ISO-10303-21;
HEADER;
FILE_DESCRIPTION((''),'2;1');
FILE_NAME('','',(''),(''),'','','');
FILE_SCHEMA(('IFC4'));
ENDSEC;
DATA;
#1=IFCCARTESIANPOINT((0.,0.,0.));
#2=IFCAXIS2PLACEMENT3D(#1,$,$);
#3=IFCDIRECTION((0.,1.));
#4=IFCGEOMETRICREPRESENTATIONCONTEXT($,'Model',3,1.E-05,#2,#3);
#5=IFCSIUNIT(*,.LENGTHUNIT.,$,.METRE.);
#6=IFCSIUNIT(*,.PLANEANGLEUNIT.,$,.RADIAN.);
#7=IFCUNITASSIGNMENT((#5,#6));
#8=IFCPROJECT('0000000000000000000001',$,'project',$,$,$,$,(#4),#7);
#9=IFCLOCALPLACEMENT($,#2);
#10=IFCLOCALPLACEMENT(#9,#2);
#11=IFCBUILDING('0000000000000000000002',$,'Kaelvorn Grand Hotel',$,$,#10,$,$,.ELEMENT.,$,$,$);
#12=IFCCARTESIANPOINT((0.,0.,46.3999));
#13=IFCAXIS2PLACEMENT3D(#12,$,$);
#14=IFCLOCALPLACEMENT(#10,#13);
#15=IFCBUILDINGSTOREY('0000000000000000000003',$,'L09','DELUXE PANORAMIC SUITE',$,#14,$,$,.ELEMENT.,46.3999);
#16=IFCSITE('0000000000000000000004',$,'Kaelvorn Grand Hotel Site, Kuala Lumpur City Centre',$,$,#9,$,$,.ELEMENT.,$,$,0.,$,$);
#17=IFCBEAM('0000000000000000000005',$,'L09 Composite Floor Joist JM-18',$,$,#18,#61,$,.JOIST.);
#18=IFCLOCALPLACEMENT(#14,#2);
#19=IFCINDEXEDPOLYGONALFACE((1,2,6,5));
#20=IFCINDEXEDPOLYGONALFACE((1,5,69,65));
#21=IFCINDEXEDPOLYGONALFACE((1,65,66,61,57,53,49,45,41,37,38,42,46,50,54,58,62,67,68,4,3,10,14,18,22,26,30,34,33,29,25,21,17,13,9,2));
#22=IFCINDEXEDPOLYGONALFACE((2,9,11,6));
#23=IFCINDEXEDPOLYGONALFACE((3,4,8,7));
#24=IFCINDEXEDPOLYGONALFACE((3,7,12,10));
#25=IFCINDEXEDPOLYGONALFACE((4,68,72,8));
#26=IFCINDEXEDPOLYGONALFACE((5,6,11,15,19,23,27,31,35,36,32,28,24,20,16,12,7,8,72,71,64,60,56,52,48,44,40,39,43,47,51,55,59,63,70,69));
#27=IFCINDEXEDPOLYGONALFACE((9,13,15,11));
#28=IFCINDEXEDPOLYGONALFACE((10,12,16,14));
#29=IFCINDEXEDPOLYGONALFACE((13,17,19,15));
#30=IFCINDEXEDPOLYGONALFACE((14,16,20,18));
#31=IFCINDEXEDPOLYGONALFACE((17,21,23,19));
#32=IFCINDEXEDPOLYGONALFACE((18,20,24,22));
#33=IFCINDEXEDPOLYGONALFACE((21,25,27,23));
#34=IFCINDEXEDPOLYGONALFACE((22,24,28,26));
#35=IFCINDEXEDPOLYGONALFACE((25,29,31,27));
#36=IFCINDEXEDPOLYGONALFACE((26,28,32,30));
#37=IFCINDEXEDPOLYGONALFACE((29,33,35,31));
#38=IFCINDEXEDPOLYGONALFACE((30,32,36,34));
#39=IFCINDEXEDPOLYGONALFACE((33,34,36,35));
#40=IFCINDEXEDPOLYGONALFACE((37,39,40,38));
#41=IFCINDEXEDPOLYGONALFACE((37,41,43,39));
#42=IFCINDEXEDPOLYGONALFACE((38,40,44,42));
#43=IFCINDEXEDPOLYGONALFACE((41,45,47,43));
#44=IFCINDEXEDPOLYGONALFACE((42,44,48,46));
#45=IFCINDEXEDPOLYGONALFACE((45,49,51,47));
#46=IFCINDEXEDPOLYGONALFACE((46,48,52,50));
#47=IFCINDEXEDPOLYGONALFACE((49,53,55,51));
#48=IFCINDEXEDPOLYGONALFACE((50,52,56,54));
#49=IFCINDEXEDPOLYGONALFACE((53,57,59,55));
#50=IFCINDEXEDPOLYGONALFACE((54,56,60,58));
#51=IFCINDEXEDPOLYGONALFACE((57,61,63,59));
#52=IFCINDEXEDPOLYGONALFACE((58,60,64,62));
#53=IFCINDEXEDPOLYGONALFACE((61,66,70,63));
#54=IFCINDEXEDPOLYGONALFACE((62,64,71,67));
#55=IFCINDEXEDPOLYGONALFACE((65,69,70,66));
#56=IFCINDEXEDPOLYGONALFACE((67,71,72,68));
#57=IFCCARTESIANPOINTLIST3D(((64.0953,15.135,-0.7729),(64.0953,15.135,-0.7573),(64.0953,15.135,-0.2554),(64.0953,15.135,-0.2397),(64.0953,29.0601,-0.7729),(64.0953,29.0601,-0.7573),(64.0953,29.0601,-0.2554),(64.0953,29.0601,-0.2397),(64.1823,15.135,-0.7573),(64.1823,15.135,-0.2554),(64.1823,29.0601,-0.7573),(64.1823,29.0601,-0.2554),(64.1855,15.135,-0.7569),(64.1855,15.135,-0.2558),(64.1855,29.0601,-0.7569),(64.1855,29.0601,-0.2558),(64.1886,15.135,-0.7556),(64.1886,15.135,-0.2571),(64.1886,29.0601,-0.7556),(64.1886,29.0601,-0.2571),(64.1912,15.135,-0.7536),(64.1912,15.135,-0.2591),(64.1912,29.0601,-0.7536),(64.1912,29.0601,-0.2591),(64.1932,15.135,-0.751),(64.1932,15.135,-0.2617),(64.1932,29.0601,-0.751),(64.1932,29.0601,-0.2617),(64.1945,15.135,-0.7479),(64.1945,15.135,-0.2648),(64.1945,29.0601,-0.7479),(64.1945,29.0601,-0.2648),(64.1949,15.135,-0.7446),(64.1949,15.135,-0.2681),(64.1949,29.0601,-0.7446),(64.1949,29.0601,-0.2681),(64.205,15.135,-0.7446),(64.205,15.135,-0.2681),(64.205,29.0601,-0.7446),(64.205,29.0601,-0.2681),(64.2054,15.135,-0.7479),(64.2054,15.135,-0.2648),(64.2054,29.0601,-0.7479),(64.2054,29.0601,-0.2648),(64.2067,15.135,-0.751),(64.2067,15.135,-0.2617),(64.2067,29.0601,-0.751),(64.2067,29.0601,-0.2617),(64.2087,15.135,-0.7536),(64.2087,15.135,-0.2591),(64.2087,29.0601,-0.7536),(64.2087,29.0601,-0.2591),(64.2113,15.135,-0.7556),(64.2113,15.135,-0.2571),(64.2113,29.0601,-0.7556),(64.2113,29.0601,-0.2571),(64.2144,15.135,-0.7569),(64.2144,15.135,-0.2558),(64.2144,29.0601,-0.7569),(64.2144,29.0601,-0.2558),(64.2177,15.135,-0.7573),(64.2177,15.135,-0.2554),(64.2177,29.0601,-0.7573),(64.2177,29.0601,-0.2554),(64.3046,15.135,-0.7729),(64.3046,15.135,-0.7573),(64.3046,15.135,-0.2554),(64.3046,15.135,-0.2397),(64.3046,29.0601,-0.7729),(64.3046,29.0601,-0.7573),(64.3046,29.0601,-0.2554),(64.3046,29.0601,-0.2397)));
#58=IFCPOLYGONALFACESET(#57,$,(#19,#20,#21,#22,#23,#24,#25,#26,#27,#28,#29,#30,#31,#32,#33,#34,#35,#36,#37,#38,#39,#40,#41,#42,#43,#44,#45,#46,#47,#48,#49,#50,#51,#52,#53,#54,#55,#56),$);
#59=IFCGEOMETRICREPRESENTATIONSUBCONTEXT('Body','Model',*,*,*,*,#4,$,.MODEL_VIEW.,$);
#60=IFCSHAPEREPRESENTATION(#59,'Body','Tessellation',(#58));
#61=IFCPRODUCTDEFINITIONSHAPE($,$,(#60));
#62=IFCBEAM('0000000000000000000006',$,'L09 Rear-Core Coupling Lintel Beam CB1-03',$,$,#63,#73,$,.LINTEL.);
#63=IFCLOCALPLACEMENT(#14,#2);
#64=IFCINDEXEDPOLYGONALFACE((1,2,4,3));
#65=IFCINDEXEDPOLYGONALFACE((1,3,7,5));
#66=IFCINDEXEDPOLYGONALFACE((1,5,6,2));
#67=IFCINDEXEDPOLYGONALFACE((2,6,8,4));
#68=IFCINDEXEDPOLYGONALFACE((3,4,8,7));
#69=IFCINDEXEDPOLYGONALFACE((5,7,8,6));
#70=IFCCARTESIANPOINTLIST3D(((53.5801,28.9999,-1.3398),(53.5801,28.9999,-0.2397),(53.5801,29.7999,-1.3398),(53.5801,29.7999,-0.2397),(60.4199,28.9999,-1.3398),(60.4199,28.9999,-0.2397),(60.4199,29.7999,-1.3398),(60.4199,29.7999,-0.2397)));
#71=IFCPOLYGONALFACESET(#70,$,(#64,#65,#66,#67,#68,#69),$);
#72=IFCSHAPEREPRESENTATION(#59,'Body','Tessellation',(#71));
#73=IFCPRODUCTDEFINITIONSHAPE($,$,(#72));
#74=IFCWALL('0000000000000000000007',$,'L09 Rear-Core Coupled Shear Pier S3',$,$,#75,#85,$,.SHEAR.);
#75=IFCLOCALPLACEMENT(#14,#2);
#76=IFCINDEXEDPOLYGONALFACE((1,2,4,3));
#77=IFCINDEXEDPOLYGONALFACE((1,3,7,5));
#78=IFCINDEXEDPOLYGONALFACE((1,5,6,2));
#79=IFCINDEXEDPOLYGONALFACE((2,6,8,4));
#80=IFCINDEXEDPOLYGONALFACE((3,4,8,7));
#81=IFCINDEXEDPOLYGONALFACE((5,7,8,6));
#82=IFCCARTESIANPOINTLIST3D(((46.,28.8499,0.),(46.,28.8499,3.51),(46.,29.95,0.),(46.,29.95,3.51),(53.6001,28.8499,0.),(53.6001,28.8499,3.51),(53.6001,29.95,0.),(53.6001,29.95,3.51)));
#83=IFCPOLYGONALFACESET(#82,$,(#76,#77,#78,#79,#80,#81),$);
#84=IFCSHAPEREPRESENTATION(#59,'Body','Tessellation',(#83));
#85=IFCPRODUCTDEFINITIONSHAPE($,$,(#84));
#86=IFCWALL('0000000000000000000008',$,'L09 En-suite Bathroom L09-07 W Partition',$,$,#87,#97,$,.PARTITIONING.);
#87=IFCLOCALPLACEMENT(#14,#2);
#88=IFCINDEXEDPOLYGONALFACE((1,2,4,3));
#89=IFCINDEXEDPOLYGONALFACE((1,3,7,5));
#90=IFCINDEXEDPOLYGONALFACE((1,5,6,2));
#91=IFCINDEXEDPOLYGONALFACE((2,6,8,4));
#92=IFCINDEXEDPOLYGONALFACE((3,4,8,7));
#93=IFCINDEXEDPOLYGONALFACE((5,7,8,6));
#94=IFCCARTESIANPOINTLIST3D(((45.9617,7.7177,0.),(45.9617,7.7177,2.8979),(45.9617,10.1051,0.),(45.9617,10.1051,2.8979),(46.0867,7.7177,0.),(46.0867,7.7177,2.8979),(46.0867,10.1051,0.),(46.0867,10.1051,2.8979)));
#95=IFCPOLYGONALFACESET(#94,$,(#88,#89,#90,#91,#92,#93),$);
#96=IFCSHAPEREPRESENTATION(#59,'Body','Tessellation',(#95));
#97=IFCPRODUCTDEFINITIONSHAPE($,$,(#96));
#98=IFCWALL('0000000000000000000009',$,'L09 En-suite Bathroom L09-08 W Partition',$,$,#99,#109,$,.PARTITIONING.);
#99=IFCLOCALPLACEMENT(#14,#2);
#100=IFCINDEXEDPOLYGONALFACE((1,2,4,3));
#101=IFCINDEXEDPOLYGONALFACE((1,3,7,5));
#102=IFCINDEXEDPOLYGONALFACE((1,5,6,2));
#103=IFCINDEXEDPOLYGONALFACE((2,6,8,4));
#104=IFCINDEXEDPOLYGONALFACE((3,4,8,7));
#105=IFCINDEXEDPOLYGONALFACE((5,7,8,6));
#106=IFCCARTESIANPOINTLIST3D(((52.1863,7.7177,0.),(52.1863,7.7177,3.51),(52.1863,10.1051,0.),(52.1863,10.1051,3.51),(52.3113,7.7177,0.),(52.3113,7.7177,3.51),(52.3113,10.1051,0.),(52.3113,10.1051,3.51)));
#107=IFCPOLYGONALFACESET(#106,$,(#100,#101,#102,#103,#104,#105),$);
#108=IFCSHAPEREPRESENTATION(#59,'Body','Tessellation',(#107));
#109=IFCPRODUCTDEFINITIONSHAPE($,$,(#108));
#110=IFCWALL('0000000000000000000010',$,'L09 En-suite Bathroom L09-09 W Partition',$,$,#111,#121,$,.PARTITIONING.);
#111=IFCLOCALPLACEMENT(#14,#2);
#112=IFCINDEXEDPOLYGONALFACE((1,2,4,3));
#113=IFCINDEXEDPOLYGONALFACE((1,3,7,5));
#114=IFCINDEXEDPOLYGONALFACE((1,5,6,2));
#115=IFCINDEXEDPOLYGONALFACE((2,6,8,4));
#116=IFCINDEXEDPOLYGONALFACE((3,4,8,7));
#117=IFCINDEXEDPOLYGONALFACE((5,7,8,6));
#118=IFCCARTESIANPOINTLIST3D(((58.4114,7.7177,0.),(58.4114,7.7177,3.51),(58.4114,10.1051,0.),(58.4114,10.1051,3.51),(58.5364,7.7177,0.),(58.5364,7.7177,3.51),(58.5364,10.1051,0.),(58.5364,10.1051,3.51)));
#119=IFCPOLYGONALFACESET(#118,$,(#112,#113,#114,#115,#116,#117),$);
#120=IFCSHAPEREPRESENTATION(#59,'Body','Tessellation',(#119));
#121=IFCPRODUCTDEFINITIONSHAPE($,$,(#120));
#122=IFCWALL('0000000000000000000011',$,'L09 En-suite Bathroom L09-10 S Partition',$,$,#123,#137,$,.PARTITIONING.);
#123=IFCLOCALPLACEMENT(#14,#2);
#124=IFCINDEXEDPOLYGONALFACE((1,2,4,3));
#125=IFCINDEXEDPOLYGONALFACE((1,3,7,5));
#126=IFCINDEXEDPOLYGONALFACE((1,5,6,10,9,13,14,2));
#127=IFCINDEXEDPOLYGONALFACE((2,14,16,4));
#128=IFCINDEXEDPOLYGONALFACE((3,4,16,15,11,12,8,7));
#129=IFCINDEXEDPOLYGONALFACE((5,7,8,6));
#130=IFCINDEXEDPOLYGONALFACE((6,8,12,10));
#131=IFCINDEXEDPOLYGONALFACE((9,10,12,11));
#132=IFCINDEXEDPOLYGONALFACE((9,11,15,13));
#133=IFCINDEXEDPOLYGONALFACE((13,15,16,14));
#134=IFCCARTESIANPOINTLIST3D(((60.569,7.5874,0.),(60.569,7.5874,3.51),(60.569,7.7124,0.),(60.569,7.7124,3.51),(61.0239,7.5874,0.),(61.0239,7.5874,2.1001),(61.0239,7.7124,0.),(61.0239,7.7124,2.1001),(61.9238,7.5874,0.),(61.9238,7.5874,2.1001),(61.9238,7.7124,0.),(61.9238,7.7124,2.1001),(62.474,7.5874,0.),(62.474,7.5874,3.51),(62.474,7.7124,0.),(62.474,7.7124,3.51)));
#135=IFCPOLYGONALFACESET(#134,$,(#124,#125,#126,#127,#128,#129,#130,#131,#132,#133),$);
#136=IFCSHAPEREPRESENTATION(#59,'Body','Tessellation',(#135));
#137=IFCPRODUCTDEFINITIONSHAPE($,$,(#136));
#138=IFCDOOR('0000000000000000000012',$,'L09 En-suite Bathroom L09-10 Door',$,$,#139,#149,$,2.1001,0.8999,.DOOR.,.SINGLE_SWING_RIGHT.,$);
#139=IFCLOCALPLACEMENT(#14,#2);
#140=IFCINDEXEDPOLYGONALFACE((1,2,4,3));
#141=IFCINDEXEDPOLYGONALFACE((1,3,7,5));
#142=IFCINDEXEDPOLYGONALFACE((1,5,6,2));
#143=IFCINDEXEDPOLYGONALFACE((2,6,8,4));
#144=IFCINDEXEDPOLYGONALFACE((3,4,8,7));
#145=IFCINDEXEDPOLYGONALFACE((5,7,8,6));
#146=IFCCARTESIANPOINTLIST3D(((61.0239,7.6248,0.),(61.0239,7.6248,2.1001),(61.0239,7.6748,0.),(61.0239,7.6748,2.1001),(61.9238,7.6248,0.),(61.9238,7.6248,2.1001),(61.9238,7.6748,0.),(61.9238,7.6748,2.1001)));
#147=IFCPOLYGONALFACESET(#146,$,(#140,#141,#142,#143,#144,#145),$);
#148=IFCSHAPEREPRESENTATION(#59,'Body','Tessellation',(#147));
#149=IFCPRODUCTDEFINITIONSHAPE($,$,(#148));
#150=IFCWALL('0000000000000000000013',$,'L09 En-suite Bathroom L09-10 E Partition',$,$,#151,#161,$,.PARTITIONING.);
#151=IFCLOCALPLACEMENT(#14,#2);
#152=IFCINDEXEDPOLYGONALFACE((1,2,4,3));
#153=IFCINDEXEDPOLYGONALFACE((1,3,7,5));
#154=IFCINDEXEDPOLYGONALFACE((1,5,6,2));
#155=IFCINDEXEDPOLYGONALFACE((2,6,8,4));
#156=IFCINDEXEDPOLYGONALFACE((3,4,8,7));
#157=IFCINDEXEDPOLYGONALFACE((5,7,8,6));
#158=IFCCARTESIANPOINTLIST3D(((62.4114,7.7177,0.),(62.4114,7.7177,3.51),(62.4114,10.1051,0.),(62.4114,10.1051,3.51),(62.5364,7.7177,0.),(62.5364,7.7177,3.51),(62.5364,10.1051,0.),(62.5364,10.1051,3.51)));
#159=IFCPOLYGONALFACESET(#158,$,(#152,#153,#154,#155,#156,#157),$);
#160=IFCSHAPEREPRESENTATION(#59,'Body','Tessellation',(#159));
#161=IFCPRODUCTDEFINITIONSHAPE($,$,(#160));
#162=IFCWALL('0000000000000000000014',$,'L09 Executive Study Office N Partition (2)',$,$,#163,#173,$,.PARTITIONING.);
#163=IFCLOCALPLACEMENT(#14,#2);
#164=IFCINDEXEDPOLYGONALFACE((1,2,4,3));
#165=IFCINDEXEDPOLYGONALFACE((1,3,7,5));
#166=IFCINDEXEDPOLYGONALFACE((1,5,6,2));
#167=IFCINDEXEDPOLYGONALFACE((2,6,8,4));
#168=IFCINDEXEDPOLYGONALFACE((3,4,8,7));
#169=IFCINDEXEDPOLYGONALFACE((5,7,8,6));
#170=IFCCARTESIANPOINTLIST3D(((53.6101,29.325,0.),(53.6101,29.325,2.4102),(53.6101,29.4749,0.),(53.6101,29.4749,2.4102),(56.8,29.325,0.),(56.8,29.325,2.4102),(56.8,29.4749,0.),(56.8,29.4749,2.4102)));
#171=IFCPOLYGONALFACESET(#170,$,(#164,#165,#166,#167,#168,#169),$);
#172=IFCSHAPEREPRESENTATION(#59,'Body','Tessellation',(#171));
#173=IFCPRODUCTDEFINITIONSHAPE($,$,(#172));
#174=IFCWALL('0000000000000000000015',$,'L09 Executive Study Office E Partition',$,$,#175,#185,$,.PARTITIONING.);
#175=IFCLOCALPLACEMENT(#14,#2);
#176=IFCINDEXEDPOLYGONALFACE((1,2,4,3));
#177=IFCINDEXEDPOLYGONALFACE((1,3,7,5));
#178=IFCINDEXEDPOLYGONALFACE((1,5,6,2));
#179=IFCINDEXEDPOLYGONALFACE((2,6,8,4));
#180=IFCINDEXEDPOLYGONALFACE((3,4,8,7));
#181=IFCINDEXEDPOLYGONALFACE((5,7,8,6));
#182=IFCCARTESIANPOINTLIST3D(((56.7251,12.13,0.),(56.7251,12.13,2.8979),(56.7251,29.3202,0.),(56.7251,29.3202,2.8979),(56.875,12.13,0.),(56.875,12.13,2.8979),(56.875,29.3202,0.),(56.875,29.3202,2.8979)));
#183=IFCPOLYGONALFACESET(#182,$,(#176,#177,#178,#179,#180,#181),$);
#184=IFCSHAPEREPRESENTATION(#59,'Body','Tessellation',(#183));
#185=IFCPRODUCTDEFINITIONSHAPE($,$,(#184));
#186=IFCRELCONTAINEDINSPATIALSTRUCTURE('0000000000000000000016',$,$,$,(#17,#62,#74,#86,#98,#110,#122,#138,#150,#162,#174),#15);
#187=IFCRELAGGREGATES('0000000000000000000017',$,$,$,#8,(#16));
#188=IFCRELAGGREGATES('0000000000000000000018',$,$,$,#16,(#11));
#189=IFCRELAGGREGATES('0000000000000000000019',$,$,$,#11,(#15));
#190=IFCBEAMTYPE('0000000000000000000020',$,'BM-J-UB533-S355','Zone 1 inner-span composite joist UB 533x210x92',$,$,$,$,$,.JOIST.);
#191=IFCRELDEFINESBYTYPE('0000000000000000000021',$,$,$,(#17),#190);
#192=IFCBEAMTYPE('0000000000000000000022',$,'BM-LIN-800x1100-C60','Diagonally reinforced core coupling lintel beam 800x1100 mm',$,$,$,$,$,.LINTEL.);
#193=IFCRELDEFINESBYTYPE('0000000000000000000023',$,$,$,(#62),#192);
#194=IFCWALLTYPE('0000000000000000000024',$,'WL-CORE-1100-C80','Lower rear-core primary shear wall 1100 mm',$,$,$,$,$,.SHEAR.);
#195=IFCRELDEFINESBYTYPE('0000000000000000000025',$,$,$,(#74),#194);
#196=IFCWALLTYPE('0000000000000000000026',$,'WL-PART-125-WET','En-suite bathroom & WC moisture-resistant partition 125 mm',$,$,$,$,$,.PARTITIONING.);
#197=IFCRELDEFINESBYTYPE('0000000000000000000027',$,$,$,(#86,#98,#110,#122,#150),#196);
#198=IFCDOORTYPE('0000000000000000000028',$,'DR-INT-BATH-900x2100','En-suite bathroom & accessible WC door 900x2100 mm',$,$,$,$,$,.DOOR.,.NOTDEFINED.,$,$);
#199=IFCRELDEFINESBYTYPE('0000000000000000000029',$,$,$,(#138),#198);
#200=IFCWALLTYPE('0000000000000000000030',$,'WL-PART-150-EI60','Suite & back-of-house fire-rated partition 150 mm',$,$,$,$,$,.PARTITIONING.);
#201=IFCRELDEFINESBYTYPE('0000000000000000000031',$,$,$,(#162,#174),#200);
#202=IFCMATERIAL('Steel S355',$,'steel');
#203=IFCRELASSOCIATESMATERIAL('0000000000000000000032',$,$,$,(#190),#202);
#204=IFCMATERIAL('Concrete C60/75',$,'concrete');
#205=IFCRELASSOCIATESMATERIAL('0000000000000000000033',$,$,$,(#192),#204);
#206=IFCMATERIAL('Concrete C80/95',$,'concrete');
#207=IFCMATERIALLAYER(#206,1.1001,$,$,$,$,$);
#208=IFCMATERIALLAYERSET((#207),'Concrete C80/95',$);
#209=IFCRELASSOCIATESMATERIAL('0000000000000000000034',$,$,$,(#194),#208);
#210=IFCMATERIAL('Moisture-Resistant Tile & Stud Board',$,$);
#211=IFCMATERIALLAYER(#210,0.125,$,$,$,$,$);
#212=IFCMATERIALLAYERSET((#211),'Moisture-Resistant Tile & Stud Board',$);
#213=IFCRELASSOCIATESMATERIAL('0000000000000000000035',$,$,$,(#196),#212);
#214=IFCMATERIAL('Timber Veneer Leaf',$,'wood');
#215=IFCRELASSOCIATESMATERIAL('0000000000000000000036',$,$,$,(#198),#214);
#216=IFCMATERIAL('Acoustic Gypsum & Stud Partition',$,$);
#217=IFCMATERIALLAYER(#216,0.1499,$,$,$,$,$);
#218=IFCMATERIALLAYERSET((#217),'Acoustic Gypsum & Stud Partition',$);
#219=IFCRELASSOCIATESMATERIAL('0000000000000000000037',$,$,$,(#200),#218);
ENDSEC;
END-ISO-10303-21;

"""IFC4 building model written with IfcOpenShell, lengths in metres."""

from ifc_helpers import new_model, si_unit, direction, frame, frame_2d, origin, origin_2d, place, context, subcontext, project, spatial, rectangle, i_section, extrude, material, layer, layer_set, material_profile, profile_set, type_object, element, fill, save


model = new_model("IFC4")

# Units and contexts
model_context = context("Model", 3, precision=1e-05, world=origin(), true_north=direction((0.0, 1.0)))
body_context = subcontext(model_context, "Body", "Model", "MODEL_VIEW")
ifc_project = project(units=[si_unit("LENGTHUNIT", "METRE"), si_unit("PLANEANGLEUNIT", "RADIAN")], contexts=[model_context])

# Site, building, storey
site_placement = place(None, origin())
site = spatial("IfcSite", under=ifc_project, at=site_placement, Name="Kaelvorn Grand Hotel Site, Kuala Lumpur City Centre", CompositionType="ELEMENT", RefElevation=0.0)
building_placement = place(site_placement, origin())
building = spatial("IfcBuilding", under=site, at=building_placement, Name="Kaelvorn Grand Hotel", CompositionType="ELEMENT")
storey_placement = place(building_placement, frame((0.0, 0.0, 46.3999)))
storey = spatial("IfcBuildingStorey", under=building, at=storey_placement, Name="L09", Description="DELUXE PANORAMIC SUITE", CompositionType="ELEMENT", Elevation=46.3999)

# Shared definitions
ifc_material_1 = material(Name="Concrete C80/95", Category="concrete")

# Beams
ifc_material_2 = material(Name="Steel S355", Category="steel")
ifc_material_profile_1 = material_profile(ifc_material_2, i_section(OverallWidth=0.2092, OverallDepth=0.5332, WebThickness=0.01, FlangeThickness=0.0156, FilletRadius=0.0127, at=origin_2d()), Name="UB 533x210x92")
ifc_profile_set_1 = profile_set([ifc_material_profile_1], Name="Steel S355")
beam_type_1 = type_object("IfcBeamType", Name="BM-J-UB533-S355", Description="Zone 1 inner-span composite joist UB 533x210x92", PredefinedType="JOIST", material=ifc_profile_set_1)
beam_1_placement = place(storey_placement, frame((64.2, 15.135, -0.5063), z_axis=(0.0, 1.0, 0.0), x_axis=(-1.0, 0.0, 0.0)))
element("IfcBeam", 1, at=beam_1_placement, inside=storey, type_object=beam_type_1, Name="L09 Composite Floor Joist JM-18", PredefinedType="JOIST", context=body_context, shape_type="SweptSolid", body=[
    extrude(i_section(OverallWidth=0.2092, OverallDepth=0.5332, WebThickness=0.01, FlangeThickness=0.0156, FilletRadius=0.0127, at=origin_2d()), origin(), (0.0, 0.0, 1.0), 13.925),
])
ifc_material_3 = material(Name="Concrete C60/75", Category="concrete")
ifc_material_profile_2 = material_profile(ifc_material_3, rectangle(XDim=0.8, YDim=1.1001, at=origin_2d()), Name="RC LINTEL 800x1100")
ifc_profile_set_2 = profile_set([ifc_material_profile_2], Name="Concrete C60/75")
beam_type_2 = type_object("IfcBeamType", Name="BM-LIN-800x1100-C60", Description="Diagonally reinforced core coupling lintel beam 800x1100 mm", PredefinedType="LINTEL", material=ifc_profile_set_2)
beam_2_placement = place(storey_placement, frame((53.5801, 29.3999, -0.7898), z_axis=(1.0, 0.0, 0.0), x_axis=(0.0, 1.0, 0.0)))
element("IfcBeam", 2, at=beam_2_placement, inside=storey, type_object=beam_type_2, Name="L09 Rear-Core Coupling Lintel Beam CB1-03", PredefinedType="LINTEL", context=body_context, shape_type="SweptSolid", body=[
    extrude(rectangle(XDim=0.8, YDim=1.1001, at=origin_2d()), origin(), (0.0, 0.0, 1.0), 6.8398),
])

# Walls
ifc_layer_1 = layer(ifc_material_1, 1.1001)
ifc_layer_set_1 = layer_set([ifc_layer_1], Name="Concrete C80/95")
wall_type_1 = type_object("IfcWallType", Name="WL-CORE-1100-C80", Description="Lower rear-core primary shear wall 1100 mm", PredefinedType="SHEAR", material=ifc_layer_set_1)
wall_1_placement = place(storey_placement, frame((46.0, 29.3999, 0.0), z_axis=(0.0, 0.0, 1.0), x_axis=(1.0, 0.0, 0.0)))
element("IfcWall", 3, at=wall_1_placement, inside=storey, type_object=wall_type_1, Name="L09 Rear-Core Coupled Shear Pier S3", PredefinedType="SHEAR", context=body_context, shape_type="SweptSolid", body=[
    extrude(rectangle(XDim=7.6001, YDim=1.1001, at=frame_2d((3.8, 0.0))), origin(), (0.0, 0.0, 1.0), 3.51),
])
ifc_material_4 = material(Name="Moisture-Resistant Tile & Stud Board")
ifc_layer_2 = layer(ifc_material_4, 0.125)
ifc_layer_set_2 = layer_set([ifc_layer_2], Name="Moisture-Resistant Tile & Stud Board")
wall_type_2 = type_object("IfcWallType", Name="WL-PART-125-WET", Description="En-suite bathroom & WC moisture-resistant partition 125 mm", PredefinedType="PARTITIONING", material=ifc_layer_set_2)
wall_2_placement = place(storey_placement, frame((46.0242, 7.7175, 0.0), z_axis=(0.0, 0.0, 1.0), x_axis=(0.0, 1.0, 0.0)))
element("IfcWall", 4, at=wall_2_placement, inside=storey, type_object=wall_type_2, Name="L09 En-suite Bathroom L09-07 W Partition", PredefinedType="PARTITIONING", context=body_context, shape_type="SweptSolid", body=[
    extrude(rectangle(XDim=2.3875, YDim=0.125, at=frame_2d((1.1938, 0.0))), origin(), (0.0, 0.0, 1.0), 2.8979),
])
for number, where, z_axis, x_axis, name in (
    (5, (52.2488, 7.7175, 0.0), (0.0, 0.0, 1.0), (0.0, 1.0, 0.0), "L09 En-suite Bathroom L09-08 W Partition"),
    (6, (58.4739, 7.7175, 0.0), (0.0, 0.0, 1.0), (0.0, 1.0, 0.0), "L09 En-suite Bathroom L09-09 W Partition"),
):
    element("IfcWall", number, at=place(storey_placement, frame(where, z_axis=z_axis, x_axis=x_axis)), inside=storey, type_object=wall_type_2, Name=name, PredefinedType="PARTITIONING", context=body_context, shape_type="SweptSolid", body=[
        extrude(rectangle(XDim=2.3875, YDim=0.125, at=frame_2d((1.1938, 0.0))), origin(), (0.0, 0.0, 1.0), 3.51),
    ])

# Wall, opening, door
wall_3_placement = place(storey_placement, frame((60.5688, 7.6499, 0.0), z_axis=(0.0, 0.0, 1.0), x_axis=(1.0, 0.0, 0.0)))
wall_3 = element("IfcWall", 7, at=wall_3_placement, inside=storey, type_object=wall_type_2, Name="L09 En-suite Bathroom L09-10 S Partition", PredefinedType="PARTITIONING", context=body_context, shape_type="SweptSolid", body=[
    extrude(rectangle(XDim=1.905, YDim=0.125, at=frame_2d((0.9526, 0.0))), origin(), (0.0, 0.0, 1.0), 3.51),
])
opening_1_placement = place(wall_3_placement, frame((0.4551, 0.0, 0.0)))
opening_1 = element("IfcOpeningElement", 8, at=opening_1_placement, cuts=wall_3, PredefinedType="OPENING", context=body_context, shape_type="SweptSolid", body=[
    extrude(rectangle(XDim=0.8999, YDim=2.1001, at=frame_2d((0.45, 1.05))), frame((0.0, 0.0725, 0.0), z_axis=(0.0, -1.0, 0.0), x_axis=(1.0, 0.0, 0.0)), (0.0, 0.0, 1.0), 0.145),
])
ifc_material_5 = material(Name="Timber Veneer Leaf", Category="wood")
door_type_1 = type_object("IfcDoorType", Name="DR-INT-BATH-900x2100", Description="En-suite bathroom & accessible WC door 900x2100 mm", OperationType="NOTDEFINED", PredefinedType="DOOR", material=ifc_material_5)
door_1_placement = place(opening_1_placement, origin())
door_1 = element("IfcDoor", 9, at=door_1_placement, inside=storey, type_object=door_type_1, Name="L09 En-suite Bathroom L09-10 Door", OperationType="SINGLE_SWING_RIGHT", OverallHeight=2.1001, OverallWidth=0.8999, PredefinedType="DOOR", context=body_context, shape_type="SweptSolid", body=[
    extrude(rectangle(XDim=0.8999, YDim=2.1001, at=frame_2d((0.45, 1.05))), frame((0.0, 0.0249, 0.0), z_axis=(0.0, -1.0, 0.0), x_axis=(1.0, 0.0, 0.0)), (0.0, 0.0, 1.0), 0.05),
])
fill(opening_1, door_1)

# Walls
wall_4_placement = place(storey_placement, frame((62.4739, 7.7175, 0.0), z_axis=(0.0, 0.0, 1.0), x_axis=(0.0, 1.0, 0.0)))
element("IfcWall", 10, at=wall_4_placement, inside=storey, type_object=wall_type_2, Name="L09 En-suite Bathroom L09-10 E Partition", PredefinedType="PARTITIONING", context=body_context, shape_type="SweptSolid", body=[
    extrude(rectangle(XDim=2.3875, YDim=0.125, at=frame_2d((1.1938, 0.0))), origin(), (0.0, 0.0, 1.0), 3.51),
])
ifc_material_6 = material(Name="Acoustic Gypsum & Stud Partition")
ifc_layer_3 = layer(ifc_material_6, 0.1499)
ifc_layer_set_3 = layer_set([ifc_layer_3], Name="Acoustic Gypsum & Stud Partition")
wall_type_3 = type_object("IfcWallType", Name="WL-PART-150-EI60", Description="Suite & back-of-house fire-rated partition 150 mm", PredefinedType="PARTITIONING", material=ifc_layer_set_3)
wall_5_placement = place(storey_placement, frame((53.6101, 29.3999, 0.0), z_axis=(0.0, 0.0, 1.0), x_axis=(1.0, 0.0, 0.0)))
element("IfcWall", 11, at=wall_5_placement, inside=storey, type_object=wall_type_3, Name="L09 Executive Study Office N Partition (2)", PredefinedType="PARTITIONING", context=body_context, shape_type="SweptSolid", body=[
    extrude(rectangle(XDim=3.1899, YDim=0.1499, at=frame_2d((1.595, 0.0))), origin(), (0.0, 0.0, 1.0), 2.4102),
])
wall_6_placement = place(storey_placement, frame((56.8, 12.1299, 0.0), z_axis=(0.0, 0.0, 1.0), x_axis=(0.0, 1.0, 0.0)))
element("IfcWall", 12, at=wall_6_placement, inside=storey, type_object=wall_type_3, Name="L09 Executive Study Office E Partition", PredefinedType="PARTITIONING", context=body_context, shape_type="SweptSolid", body=[
    extrude(rectangle(XDim=17.1902, YDim=0.1499, at=frame_2d((8.5952, 0.0))), origin(), (0.0, 0.0, 1.0), 2.8979),
])

save(model, "model.ifc")
